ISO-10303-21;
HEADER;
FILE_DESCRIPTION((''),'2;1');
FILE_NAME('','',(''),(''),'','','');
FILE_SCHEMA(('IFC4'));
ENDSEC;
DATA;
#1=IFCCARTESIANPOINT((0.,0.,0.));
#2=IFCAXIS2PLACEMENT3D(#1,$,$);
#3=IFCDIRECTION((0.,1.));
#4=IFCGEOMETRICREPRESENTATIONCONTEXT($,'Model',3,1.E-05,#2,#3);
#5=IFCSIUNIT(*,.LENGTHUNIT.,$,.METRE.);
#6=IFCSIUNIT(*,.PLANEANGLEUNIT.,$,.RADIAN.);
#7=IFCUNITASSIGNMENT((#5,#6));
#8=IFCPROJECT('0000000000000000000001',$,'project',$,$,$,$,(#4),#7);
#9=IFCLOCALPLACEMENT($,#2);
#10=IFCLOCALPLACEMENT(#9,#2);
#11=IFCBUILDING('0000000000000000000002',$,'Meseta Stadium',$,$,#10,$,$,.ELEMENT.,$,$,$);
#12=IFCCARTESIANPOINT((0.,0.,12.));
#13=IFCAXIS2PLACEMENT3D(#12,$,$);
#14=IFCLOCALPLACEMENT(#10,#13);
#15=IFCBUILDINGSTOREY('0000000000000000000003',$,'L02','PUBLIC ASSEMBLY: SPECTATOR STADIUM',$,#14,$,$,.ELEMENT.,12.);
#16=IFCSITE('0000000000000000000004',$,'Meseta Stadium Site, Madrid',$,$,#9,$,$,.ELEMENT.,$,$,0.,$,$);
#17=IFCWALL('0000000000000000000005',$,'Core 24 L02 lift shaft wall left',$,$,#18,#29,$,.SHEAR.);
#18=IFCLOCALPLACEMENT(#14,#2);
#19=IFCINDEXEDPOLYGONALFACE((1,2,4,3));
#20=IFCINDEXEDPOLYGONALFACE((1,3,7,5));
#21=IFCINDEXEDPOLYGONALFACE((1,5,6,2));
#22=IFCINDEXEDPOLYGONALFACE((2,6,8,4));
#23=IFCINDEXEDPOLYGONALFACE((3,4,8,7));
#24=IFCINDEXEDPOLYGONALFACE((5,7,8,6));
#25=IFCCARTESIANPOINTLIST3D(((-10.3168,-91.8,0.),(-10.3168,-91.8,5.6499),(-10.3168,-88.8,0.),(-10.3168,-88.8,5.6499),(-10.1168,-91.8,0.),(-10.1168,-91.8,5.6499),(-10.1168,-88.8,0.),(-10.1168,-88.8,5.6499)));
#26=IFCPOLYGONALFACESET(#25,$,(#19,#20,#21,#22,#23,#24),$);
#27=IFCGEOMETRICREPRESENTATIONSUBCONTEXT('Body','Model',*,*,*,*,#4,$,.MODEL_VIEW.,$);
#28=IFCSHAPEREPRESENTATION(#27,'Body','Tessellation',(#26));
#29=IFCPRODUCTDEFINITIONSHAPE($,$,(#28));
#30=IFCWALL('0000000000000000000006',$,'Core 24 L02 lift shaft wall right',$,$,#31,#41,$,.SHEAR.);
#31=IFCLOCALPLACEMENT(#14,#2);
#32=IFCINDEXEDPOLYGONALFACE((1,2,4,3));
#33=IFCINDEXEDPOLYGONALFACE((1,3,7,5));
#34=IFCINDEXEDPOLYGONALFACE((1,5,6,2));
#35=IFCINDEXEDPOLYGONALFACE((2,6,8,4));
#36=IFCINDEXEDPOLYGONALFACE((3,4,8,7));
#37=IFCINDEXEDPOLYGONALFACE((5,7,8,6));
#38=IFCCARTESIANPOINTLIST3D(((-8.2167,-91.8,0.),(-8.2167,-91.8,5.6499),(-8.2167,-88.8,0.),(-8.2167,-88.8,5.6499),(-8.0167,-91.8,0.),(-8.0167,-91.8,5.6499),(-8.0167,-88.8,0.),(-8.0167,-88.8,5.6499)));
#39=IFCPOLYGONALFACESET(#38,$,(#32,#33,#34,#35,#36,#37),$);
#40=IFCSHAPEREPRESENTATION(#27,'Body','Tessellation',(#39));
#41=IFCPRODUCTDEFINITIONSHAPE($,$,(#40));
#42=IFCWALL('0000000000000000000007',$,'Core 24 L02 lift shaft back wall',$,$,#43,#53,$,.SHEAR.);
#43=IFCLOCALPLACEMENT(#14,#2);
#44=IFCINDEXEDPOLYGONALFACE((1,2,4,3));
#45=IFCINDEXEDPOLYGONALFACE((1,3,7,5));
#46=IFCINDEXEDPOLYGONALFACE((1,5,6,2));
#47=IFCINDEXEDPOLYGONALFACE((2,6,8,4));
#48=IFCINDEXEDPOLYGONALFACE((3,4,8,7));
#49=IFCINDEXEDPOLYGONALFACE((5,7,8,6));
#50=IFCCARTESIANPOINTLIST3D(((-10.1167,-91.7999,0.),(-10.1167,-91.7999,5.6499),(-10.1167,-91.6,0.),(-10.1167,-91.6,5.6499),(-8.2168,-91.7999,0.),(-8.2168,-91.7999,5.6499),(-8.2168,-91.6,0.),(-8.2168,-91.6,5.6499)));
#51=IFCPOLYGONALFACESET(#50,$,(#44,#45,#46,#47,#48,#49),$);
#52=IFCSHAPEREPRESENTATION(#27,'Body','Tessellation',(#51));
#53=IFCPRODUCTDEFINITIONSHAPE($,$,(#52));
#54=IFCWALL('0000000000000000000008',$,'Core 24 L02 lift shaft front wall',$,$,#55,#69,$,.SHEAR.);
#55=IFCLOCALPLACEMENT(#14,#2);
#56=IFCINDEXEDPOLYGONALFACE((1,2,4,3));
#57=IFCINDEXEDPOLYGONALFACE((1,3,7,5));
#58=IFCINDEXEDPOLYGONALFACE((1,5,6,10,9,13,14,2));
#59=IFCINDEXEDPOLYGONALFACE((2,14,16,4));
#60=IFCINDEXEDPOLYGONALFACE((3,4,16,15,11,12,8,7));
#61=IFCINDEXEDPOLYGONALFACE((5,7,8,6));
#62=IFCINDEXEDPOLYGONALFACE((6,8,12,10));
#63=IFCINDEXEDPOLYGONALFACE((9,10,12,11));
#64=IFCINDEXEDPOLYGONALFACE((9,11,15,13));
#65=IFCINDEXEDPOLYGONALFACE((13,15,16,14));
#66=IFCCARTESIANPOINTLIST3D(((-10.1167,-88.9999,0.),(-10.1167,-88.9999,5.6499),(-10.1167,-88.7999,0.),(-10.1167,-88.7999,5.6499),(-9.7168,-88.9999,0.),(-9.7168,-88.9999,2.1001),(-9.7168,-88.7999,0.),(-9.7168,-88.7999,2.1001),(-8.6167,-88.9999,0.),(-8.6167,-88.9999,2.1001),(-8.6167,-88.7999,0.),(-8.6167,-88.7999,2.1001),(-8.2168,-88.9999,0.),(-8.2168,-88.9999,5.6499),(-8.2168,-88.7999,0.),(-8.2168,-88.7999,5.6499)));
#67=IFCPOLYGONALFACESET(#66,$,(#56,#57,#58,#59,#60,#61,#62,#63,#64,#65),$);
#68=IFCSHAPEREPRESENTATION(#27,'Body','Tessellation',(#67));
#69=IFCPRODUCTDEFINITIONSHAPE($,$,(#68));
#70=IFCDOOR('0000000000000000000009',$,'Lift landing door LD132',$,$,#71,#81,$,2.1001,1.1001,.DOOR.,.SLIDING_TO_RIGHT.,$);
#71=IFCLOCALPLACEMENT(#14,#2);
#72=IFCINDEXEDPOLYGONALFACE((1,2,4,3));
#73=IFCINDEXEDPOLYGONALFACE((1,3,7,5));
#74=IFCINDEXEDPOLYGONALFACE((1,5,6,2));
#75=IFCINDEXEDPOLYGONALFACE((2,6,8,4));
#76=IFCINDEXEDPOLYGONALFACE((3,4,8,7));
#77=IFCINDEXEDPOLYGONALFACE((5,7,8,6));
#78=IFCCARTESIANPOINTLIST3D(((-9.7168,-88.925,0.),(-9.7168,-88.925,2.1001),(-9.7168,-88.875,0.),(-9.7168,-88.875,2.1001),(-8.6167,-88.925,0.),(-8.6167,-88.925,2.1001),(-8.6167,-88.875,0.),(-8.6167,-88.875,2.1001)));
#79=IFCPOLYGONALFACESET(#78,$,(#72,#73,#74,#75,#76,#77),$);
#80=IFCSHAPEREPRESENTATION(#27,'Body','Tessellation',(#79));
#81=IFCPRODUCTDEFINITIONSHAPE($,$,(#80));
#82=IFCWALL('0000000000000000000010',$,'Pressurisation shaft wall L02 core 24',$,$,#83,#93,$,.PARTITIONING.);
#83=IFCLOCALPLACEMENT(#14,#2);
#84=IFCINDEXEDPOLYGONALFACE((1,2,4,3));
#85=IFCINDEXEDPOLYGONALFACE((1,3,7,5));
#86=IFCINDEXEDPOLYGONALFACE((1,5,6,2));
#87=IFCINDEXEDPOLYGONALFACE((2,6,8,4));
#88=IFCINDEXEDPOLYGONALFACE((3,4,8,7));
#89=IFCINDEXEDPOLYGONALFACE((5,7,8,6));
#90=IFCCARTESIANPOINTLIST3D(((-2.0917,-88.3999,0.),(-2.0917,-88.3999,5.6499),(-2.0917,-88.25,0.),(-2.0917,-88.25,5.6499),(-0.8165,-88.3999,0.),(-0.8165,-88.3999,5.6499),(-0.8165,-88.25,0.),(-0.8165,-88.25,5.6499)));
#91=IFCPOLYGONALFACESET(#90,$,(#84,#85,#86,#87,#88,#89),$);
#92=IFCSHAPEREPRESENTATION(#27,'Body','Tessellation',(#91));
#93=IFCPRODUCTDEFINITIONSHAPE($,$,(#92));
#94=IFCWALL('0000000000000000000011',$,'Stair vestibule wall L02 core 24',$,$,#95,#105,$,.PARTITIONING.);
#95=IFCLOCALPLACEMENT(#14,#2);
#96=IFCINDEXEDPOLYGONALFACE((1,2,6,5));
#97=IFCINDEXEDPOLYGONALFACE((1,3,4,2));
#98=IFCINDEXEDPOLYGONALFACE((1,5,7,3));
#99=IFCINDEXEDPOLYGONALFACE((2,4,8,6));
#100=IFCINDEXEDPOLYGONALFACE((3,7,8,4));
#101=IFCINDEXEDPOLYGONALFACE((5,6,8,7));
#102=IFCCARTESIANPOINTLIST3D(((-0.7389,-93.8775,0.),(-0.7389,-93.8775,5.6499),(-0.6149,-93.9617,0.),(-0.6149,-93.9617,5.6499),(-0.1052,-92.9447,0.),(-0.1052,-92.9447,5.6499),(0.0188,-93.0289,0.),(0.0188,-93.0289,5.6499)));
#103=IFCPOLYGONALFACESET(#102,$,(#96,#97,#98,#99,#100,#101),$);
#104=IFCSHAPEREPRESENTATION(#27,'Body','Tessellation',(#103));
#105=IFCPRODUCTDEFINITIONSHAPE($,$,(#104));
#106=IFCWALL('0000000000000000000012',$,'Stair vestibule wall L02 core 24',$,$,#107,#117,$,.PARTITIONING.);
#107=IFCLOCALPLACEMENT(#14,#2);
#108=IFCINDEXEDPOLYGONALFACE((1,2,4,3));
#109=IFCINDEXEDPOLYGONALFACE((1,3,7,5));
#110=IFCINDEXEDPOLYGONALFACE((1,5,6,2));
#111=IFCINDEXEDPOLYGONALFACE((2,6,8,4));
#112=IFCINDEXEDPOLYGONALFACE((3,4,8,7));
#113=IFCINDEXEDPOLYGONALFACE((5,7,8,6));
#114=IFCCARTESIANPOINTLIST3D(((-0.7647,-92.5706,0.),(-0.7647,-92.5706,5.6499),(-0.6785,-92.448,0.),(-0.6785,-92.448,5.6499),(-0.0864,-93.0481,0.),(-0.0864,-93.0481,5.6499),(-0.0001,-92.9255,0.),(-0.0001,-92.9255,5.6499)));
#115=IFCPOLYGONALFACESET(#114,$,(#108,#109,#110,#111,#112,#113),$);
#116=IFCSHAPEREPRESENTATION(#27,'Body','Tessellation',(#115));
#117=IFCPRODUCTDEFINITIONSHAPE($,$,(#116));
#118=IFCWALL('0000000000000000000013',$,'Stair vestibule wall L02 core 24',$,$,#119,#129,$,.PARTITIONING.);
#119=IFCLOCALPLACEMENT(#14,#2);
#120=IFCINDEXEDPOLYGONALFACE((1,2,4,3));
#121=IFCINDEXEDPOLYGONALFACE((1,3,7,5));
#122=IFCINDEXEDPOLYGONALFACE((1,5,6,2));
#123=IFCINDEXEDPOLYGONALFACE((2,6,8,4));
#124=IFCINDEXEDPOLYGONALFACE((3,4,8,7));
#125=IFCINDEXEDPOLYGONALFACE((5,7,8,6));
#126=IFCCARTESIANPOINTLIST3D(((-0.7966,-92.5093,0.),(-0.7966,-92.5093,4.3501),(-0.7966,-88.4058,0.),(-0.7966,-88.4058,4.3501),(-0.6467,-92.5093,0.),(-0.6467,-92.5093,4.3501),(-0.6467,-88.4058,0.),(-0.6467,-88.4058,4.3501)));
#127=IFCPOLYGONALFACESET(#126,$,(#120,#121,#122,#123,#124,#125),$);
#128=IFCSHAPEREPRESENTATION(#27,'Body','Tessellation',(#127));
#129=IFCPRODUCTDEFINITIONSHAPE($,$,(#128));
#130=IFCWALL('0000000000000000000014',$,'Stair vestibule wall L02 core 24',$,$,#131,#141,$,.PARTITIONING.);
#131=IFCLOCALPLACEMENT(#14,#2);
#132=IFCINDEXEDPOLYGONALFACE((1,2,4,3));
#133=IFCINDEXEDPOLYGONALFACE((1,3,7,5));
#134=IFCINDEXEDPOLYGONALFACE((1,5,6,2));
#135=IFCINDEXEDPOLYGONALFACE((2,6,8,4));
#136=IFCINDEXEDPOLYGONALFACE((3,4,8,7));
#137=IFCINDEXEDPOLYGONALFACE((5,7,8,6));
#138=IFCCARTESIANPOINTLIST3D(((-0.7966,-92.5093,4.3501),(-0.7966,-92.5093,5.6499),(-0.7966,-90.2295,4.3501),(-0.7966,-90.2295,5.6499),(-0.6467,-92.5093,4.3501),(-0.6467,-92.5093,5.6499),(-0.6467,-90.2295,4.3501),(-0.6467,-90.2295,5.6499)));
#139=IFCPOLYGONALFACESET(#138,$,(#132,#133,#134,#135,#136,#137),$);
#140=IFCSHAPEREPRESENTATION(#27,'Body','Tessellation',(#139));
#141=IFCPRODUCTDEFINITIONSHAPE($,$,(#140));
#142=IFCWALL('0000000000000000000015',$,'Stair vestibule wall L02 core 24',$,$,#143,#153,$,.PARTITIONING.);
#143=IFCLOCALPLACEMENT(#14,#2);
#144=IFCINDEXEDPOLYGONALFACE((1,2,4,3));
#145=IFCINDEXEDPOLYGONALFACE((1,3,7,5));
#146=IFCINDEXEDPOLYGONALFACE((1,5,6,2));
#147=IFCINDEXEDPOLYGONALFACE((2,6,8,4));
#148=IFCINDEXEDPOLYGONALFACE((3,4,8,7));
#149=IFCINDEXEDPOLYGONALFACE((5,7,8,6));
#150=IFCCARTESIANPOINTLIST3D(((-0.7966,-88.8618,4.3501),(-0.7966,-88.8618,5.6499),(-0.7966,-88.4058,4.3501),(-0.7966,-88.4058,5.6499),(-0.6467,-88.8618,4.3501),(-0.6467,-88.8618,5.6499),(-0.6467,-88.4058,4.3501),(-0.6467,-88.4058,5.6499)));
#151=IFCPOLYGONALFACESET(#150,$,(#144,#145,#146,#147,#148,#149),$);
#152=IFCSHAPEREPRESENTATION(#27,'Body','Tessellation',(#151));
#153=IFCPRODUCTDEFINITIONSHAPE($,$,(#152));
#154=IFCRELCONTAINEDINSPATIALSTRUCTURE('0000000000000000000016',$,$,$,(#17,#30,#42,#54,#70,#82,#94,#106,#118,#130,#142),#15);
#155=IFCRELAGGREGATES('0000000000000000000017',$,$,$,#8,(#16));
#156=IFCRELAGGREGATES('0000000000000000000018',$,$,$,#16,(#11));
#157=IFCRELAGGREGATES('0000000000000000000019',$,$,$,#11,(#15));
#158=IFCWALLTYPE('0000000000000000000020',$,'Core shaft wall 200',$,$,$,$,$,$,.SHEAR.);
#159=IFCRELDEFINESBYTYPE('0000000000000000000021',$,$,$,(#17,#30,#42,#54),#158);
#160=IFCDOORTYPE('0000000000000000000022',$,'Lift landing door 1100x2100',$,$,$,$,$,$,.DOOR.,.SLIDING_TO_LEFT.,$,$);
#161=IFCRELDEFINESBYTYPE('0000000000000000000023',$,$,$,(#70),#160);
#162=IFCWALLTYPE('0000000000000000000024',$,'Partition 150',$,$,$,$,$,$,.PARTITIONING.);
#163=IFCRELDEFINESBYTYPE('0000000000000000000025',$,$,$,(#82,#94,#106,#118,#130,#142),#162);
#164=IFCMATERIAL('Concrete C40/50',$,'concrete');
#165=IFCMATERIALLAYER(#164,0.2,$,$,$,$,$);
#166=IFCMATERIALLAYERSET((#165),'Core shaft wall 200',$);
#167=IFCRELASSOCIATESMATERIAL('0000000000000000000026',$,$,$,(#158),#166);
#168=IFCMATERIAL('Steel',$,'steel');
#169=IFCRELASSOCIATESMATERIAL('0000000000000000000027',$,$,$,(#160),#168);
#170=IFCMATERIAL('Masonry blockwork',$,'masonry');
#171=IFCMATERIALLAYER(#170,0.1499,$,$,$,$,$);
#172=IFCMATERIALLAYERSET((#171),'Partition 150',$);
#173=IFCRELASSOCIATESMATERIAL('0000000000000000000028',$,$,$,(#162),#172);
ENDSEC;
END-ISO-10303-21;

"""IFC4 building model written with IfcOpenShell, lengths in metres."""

from ifc_helpers import new_model, si_unit, direction, frame, frame_2d, origin, place, context, subcontext, project, spatial, rectangle, extrude, material, layer, layer_set, type_object, element, fill, save


model = new_model("IFC4")

# Units and contexts
model_context = context("Model", 3, precision=1e-05, world=origin(), true_north=direction((0.0, 1.0)))
body_context = subcontext(model_context, "Body", "Model", "MODEL_VIEW")
ifc_project = project(units=[si_unit("LENGTHUNIT", "METRE"), si_unit("PLANEANGLEUNIT", "RADIAN")], contexts=[model_context])

# Site, building, storey
site_placement = place(None, origin())
site = spatial("IfcSite", under=ifc_project, at=site_placement, Name="Meseta Stadium Site, Madrid", CompositionType="ELEMENT", RefElevation=0.0)
building_placement = place(site_placement, origin())
building = spatial("IfcBuilding", under=site, at=building_placement, Name="Meseta Stadium", CompositionType="ELEMENT")
storey_placement = place(building_placement, frame((0.0, 0.0, 12.0)))
storey = spatial("IfcBuildingStorey", under=building, at=storey_placement, Name="L02", Description="PUBLIC ASSEMBLY: SPECTATOR STADIUM", CompositionType="ELEMENT", Elevation=12.0)

# Shared definitions
ifc_material_1 = material(Name="Concrete C40/50", Category="concrete")
ifc_layer_1 = layer(ifc_material_1, 0.2)
ifc_layer_set_1 = layer_set([ifc_layer_1], Name="Core shaft wall 200")
wall_type_1 = type_object("IfcWallType", Name="Core shaft wall 200", PredefinedType="SHEAR", material=ifc_layer_set_1)

# Walls
for number, where, z_axis, x_axis, name in (
    (1, (-10.2168, -91.8, 0.0), (0.0, 0.0, 1.0), (0.0, 1.0, 0.0), "Core 24 L02 lift shaft wall left"),
    (2, (-8.1167, -91.8, 0.0), (0.0, 0.0, 1.0), (0.0, 1.0, 0.0), "Core 24 L02 lift shaft wall right"),
):
    element("IfcWall", number, at=place(storey_placement, frame(where, z_axis=z_axis, x_axis=x_axis)), inside=storey, type_object=wall_type_1, Name=name, PredefinedType="SHEAR", context=body_context, shape_type="SweptSolid", body=[
        extrude(rectangle(XDim=3.0, YDim=0.2, at=frame_2d((1.5, 0.0))), origin(), (0.0, 0.0, 1.0), 5.6499),
    ])
wall_1_placement = place(storey_placement, frame((-10.1167, -91.7, 0.0), z_axis=(0.0, 0.0, 1.0), x_axis=(1.0, 0.0, 0.0)))
element("IfcWall", 3, at=wall_1_placement, inside=storey, type_object=wall_type_1, Name="Core 24 L02 lift shaft back wall", PredefinedType="SHEAR", context=body_context, shape_type="SweptSolid", body=[
    extrude(rectangle(XDim=1.8999, YDim=0.2, at=frame_2d((0.95, 0.0))), origin(), (0.0, 0.0, 1.0), 5.6499),
])

# Wall, opening, door
wall_2_placement = place(storey_placement, frame((-10.1167, -88.8999, 0.0), z_axis=(0.0, 0.0, 1.0), x_axis=(1.0, 0.0, 0.0)))
wall_2 = element("IfcWall", 4, at=wall_2_placement, inside=storey, type_object=wall_type_1, Name="Core 24 L02 lift shaft front wall", PredefinedType="SHEAR", context=body_context, shape_type="SweptSolid", body=[
    extrude(rectangle(XDim=1.8999, YDim=0.2, at=frame_2d((0.95, 0.0))), origin(), (0.0, 0.0, 1.0), 5.6499),
])
opening_1_placement = place(wall_2_placement, frame((0.3999, 0.0, 0.0)))
opening_1 = element("IfcOpeningElement", 5, at=opening_1_placement, cuts=wall_2, PredefinedType="OPENING", context=body_context, shape_type="SweptSolid", body=[
    extrude(rectangle(XDim=1.1001, YDim=2.1001, at=frame_2d((0.55, 1.05))), frame((0.0, 0.1099, 0.0), z_axis=(0.0, -1.0, 0.0), x_axis=(1.0, 0.0, 0.0)), (0.0, 0.0, 1.0), 0.22),
])
ifc_material_2 = material(Name="Steel", Category="steel")
door_type_1 = type_object("IfcDoorType", Name="Lift landing door 1100x2100", OperationType="SLIDING_TO_LEFT", PredefinedType="DOOR", material=ifc_material_2)
door_1_placement = place(opening_1_placement, origin())
door_1 = element("IfcDoor", 6, at=door_1_placement, inside=storey, type_object=door_type_1, Name="Lift landing door LD132", OperationType="SLIDING_TO_RIGHT", OverallHeight=2.1001, OverallWidth=1.1001, PredefinedType="DOOR", context=body_context, shape_type="SweptSolid", body=[
    extrude(rectangle(XDim=1.1001, YDim=2.1001, at=frame_2d((0.55, 1.05))), frame((0.0, 0.0249, 0.0), z_axis=(0.0, -1.0, 0.0), x_axis=(1.0, 0.0, 0.0)), (0.0, 0.0, 1.0), 0.05),
])
fill(opening_1, door_1)

# Walls
ifc_material_3 = material(Name="Masonry blockwork", Category="masonry")
ifc_layer_2 = layer(ifc_material_3, 0.1499)
ifc_layer_set_2 = layer_set([ifc_layer_2], Name="Partition 150")
wall_type_2 = type_object("IfcWallType", Name="Partition 150", PredefinedType="PARTITIONING", material=ifc_layer_set_2)
wall_3_placement = place(storey_placement, frame((-2.0918, -88.325, 0.0), z_axis=(0.0, 0.0, 1.0), x_axis=(1.0, 0.0, 0.0)))
element("IfcWall", 7, at=wall_3_placement, inside=storey, type_object=wall_type_2, Name="Pressurisation shaft wall L02 core 24", PredefinedType="PARTITIONING", context=body_context, shape_type="SweptSolid", body=[
    extrude(rectangle(XDim=1.2751, YDim=0.1499, at=frame_2d((0.6377, 0.0))), origin(), (0.0, 0.0, 1.0), 5.6499),
])
wall_4_placement = place(storey_placement, frame((-0.677, -93.9197, 0.0), z_axis=(0.0, 0.0, 1.0), x_axis=(0.561972, 0.827156, 0.0)))
element("IfcWall", 8, at=wall_4_placement, inside=storey, type_object=wall_type_2, Name="Stair vestibule wall L02 core 24", PredefinedType="PARTITIONING", context=body_context, shape_type="SweptSolid", body=[
    extrude(rectangle(XDim=1.1277, YDim=0.1499, at=frame_2d((0.564, 0.0))), origin(), (0.0, 0.0, 1.0), 5.6499),
])
wall_5_placement = place(storey_placement, frame((-0.0432, -92.9868, 0.0), z_axis=(0.0, 0.0, 1.0), x_axis=(-0.81775, 0.575574, 0.0)))
element("IfcWall", 9, at=wall_5_placement, inside=storey, type_object=wall_type_2, Name="Stair vestibule wall L02 core 24", PredefinedType="PARTITIONING", context=body_context, shape_type="SweptSolid", body=[
    extrude(rectangle(XDim=0.8296, YDim=0.1499, at=frame_2d((0.4148, 0.0))), origin(), (0.0, 0.0, 1.0), 5.6499),
])
wall_6_placement = place(storey_placement, frame((-0.7217, -92.5093, 0.0), z_axis=(0.0, 0.0, 1.0), x_axis=(0.0, 1.0, 0.0)))
element("IfcWall", 10, at=wall_6_placement, inside=storey, type_object=wall_type_2, Name="Stair vestibule wall L02 core 24", PredefinedType="PARTITIONING", context=body_context, shape_type="SweptSolid", body=[
    extrude(rectangle(XDim=4.1035, YDim=0.1499, at=frame_2d((2.0518, 0.0))), origin(), (0.0, 0.0, 1.0), 4.3501),
])
wall_7_placement = place(storey_placement, frame((-0.7217, -92.5093, 4.3501), z_axis=(0.0, 0.0, 1.0), x_axis=(0.0, 1.0, 0.0)))
element("IfcWall", 11, at=wall_7_placement, inside=storey, type_object=wall_type_2, Name="Stair vestibule wall L02 core 24", PredefinedType="PARTITIONING", context=body_context, shape_type="SweptSolid", body=[
    extrude(rectangle(XDim=2.2798, YDim=0.1499, at=frame_2d((1.1399, 0.0))), origin(), (0.0, 0.0, 1.0), 1.2998),
])
wall_8_placement = place(storey_placement, frame((-0.7217, -88.8618, 4.3501), z_axis=(0.0, 0.0, 1.0), x_axis=(0.0, 1.0, 0.0)))
element("IfcWall", 12, at=wall_8_placement, inside=storey, type_object=wall_type_2, Name="Stair vestibule wall L02 core 24", PredefinedType="PARTITIONING", context=body_context, shape_type="SweptSolid", body=[
    extrude(rectangle(XDim=0.4561, YDim=0.1499, at=frame_2d((0.228, 0.0))), origin(), (0.0, 0.0, 1.0), 1.2998),
])

save(model, "model.ifc")
